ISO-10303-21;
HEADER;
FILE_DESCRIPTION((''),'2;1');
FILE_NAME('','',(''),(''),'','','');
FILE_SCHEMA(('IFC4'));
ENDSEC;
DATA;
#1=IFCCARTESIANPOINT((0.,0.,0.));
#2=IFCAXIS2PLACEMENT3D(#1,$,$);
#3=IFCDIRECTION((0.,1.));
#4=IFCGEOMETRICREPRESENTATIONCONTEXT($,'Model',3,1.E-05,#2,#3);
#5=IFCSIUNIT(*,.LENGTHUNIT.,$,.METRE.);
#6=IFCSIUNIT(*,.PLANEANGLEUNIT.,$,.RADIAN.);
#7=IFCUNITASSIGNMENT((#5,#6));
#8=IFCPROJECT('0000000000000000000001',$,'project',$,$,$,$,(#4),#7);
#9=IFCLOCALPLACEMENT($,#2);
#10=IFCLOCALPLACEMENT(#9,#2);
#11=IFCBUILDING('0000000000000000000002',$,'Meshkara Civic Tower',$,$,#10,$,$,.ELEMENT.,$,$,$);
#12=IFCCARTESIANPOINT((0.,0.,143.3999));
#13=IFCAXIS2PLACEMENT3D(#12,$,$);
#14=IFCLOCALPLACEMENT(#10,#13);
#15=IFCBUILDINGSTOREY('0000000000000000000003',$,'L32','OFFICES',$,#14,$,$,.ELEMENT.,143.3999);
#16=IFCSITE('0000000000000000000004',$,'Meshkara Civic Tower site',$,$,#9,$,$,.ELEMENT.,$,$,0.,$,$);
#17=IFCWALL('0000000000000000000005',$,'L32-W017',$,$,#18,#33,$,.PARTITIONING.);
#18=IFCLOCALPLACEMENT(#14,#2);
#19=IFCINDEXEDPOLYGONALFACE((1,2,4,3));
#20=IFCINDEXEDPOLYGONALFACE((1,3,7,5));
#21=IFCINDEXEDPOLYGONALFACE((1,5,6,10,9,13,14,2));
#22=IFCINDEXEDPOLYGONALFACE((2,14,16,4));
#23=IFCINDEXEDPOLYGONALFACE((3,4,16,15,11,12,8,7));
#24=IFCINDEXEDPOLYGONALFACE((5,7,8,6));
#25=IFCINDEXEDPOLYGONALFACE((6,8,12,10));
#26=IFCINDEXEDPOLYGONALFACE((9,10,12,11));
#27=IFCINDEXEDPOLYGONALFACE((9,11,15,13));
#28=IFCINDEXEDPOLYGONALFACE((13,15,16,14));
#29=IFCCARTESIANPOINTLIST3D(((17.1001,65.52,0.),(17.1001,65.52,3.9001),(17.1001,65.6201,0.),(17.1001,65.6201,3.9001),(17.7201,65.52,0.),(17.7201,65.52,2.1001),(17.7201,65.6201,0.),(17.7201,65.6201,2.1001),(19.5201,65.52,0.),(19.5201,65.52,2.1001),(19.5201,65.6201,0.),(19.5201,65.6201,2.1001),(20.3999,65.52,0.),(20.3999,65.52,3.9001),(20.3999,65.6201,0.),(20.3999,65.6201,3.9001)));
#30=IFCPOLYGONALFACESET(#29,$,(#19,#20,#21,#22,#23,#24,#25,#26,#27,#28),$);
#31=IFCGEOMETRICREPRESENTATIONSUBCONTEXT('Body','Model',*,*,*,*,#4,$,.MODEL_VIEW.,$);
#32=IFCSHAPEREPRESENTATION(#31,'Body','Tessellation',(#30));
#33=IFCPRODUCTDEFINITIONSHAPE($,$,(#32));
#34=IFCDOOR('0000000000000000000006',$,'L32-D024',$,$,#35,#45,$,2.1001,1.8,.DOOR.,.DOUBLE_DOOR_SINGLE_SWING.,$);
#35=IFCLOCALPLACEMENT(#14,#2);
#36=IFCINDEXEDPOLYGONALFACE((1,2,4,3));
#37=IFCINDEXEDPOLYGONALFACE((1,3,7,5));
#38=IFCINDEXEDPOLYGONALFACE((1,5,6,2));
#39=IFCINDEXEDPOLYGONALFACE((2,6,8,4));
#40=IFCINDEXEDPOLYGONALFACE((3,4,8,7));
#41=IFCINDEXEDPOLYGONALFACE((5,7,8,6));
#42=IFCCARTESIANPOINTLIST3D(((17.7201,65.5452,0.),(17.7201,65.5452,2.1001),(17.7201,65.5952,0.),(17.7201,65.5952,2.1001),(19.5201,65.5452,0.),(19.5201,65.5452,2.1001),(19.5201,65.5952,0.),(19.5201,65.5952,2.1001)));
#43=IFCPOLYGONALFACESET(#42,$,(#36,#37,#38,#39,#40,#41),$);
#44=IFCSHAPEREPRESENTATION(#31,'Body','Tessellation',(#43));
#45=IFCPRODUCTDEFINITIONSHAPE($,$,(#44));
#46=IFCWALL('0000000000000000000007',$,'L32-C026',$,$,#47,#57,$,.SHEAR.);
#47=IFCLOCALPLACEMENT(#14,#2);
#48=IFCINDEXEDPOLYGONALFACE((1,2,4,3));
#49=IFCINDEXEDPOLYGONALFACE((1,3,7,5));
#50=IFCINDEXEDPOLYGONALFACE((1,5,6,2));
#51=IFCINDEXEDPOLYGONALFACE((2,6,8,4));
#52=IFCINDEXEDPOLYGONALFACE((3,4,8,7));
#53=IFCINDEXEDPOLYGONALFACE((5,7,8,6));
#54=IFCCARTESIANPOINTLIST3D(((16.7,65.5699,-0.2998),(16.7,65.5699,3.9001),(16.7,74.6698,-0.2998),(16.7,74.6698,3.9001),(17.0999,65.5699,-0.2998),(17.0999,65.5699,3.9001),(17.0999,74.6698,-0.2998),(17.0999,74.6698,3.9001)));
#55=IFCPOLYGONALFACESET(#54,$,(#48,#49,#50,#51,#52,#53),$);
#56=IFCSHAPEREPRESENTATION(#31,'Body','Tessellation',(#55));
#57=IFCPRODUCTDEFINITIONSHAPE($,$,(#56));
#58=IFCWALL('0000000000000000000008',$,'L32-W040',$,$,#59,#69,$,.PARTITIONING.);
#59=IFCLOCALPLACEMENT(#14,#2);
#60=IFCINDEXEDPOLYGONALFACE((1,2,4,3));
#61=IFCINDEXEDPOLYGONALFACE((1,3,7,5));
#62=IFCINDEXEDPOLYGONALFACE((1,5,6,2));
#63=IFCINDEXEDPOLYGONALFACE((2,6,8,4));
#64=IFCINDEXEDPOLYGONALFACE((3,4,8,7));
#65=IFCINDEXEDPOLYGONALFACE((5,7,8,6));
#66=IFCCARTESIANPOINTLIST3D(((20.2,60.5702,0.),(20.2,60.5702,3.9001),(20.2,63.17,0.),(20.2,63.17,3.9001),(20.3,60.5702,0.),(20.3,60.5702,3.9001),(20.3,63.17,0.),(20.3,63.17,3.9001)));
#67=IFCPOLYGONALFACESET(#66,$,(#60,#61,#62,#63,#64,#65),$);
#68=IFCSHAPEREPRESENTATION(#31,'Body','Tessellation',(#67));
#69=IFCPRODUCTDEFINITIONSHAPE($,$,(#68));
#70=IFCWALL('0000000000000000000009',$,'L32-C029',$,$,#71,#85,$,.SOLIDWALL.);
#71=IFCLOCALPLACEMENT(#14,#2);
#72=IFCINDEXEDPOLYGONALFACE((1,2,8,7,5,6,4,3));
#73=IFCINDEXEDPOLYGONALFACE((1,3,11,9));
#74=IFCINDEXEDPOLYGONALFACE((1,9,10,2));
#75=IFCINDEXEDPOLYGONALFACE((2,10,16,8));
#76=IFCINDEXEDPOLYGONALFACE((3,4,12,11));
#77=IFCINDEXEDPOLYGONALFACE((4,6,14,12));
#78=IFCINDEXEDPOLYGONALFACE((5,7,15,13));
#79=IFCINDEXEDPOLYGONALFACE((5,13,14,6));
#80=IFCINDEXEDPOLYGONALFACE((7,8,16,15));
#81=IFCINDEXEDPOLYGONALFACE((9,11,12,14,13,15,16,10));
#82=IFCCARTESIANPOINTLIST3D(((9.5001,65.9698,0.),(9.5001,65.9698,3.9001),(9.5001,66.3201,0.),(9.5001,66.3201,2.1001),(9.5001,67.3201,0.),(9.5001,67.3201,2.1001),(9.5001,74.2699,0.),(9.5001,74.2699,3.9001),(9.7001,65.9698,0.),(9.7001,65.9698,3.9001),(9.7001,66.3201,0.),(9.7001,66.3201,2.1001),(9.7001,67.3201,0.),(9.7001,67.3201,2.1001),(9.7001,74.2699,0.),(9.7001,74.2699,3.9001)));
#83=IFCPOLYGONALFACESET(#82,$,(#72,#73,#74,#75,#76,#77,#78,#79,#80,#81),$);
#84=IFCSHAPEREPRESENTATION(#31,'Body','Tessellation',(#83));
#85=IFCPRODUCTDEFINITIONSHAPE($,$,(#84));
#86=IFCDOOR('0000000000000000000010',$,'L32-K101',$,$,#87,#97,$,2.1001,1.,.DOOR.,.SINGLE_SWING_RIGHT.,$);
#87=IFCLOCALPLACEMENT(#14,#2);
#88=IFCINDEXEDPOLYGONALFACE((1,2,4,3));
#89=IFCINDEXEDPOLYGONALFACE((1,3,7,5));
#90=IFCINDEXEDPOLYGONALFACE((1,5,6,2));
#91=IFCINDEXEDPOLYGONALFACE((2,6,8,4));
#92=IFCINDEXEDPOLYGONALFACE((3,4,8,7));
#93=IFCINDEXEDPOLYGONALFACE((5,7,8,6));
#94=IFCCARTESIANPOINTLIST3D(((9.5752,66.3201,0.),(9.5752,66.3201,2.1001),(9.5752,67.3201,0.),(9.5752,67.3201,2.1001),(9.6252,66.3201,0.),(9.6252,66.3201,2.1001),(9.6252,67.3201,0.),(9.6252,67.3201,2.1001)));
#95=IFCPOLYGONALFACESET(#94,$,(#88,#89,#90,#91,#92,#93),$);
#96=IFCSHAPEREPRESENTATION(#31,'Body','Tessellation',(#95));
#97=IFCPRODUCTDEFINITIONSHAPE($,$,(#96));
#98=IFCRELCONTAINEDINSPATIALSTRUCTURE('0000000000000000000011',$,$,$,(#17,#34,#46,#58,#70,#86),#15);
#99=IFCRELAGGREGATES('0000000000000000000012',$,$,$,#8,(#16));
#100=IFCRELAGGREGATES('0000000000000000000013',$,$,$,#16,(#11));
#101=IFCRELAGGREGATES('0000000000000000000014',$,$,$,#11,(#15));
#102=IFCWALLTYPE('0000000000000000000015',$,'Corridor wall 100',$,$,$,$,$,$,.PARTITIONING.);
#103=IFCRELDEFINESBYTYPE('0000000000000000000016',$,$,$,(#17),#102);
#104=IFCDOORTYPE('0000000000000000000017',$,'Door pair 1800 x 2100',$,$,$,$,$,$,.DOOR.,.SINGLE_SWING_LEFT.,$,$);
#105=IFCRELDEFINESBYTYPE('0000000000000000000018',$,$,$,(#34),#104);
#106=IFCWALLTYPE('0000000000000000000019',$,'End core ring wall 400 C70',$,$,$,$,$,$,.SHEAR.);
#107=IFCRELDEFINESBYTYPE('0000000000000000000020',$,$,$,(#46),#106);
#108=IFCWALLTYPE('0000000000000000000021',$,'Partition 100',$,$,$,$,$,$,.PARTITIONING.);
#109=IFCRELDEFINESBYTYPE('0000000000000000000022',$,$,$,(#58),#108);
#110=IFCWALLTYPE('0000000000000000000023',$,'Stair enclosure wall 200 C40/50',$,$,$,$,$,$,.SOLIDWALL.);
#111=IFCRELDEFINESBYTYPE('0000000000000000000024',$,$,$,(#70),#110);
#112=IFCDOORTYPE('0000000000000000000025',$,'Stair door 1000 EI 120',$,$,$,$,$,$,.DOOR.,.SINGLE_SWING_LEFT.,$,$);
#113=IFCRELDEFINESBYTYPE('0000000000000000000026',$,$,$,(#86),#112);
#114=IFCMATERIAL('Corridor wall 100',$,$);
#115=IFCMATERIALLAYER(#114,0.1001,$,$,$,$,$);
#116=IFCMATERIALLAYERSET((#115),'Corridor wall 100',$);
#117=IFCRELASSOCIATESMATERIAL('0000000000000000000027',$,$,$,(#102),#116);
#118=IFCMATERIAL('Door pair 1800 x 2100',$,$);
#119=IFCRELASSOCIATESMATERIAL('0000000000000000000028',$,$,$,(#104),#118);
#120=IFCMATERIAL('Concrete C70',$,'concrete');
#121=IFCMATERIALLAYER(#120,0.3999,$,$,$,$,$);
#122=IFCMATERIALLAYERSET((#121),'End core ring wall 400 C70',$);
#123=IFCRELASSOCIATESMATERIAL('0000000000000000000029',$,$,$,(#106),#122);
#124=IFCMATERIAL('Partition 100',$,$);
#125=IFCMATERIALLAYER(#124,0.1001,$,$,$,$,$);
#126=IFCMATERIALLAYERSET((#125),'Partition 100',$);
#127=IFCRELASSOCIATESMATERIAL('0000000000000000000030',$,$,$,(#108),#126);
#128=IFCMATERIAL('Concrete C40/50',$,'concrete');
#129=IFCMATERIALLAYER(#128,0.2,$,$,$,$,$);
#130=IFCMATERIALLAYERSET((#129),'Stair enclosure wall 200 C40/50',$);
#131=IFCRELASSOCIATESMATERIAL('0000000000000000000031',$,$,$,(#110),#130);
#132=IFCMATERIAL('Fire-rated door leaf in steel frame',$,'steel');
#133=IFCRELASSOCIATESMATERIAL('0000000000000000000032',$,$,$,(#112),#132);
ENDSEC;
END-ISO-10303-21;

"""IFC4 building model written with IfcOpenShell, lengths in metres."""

from ifc_helpers import new_model, si_unit, direction, frame, frame_2d, origin, place, context, subcontext, project, spatial, rectangle, extrude, material, layer, layer_set, type_object, element, fill, save


model = new_model("IFC4")

# Units and contexts
model_context = context("Model", 3, precision=1e-05, world=origin(), true_north=direction((0.0, 1.0)))
body_context = subcontext(model_context, "Body", "Model", "MODEL_VIEW")
ifc_project = project(units=[si_unit("LENGTHUNIT", "METRE"), si_unit("PLANEANGLEUNIT", "RADIAN")], contexts=[model_context])

# Site, building, storey
site_placement = place(None, origin())
site = spatial("IfcSite", under=ifc_project, at=site_placement, Name="Meshkara Civic Tower site", CompositionType="ELEMENT", RefElevation=0.0)
building_placement = place(site_placement, origin())
building = spatial("IfcBuilding", under=site, at=building_placement, Name="Meshkara Civic Tower", CompositionType="ELEMENT")
storey_placement = place(building_placement, frame((0.0, 0.0, 143.3999)))
storey = spatial("IfcBuildingStorey", under=building, at=storey_placement, Name="L32", Description="OFFICES", CompositionType="ELEMENT", Elevation=143.3999)

# Shared definitions
ifc_material_1 = material(Name="Corridor wall 100")
ifc_layer_1 = layer(ifc_material_1, 0.1001)
ifc_layer_set_1 = layer_set([ifc_layer_1], Name="Corridor wall 100")
wall_type_1 = type_object("IfcWallType", Name="Corridor wall 100", PredefinedType="PARTITIONING", material=ifc_layer_set_1)
ifc_material_2 = material(Name="Door pair 1800 x 2100")
door_type_1 = type_object("IfcDoorType", Name="Door pair 1800 x 2100", OperationType="SINGLE_SWING_LEFT", PredefinedType="DOOR", material=ifc_material_2)

# Wall, opening, door
wall_1_placement = place(storey_placement, frame((20.3999, 65.5701, 0.0), z_axis=(0.0, 0.0, 1.0), x_axis=(-1.0, 0.0, 0.0)))
wall_1 = element("IfcWall", 1, at=wall_1_placement, inside=storey, type_object=wall_type_1, Name="L32-W017", PredefinedType="PARTITIONING", context=body_context, shape_type="SweptSolid", body=[
    extrude(rectangle(XDim=3.2998, YDim=0.1001, at=frame_2d((1.6499, 0.0))), origin(), (0.0, 0.0, 1.0), 3.9001),
])
opening_1_placement = place(wall_1_placement, frame((0.8799, 0.0, 0.0)))
opening_1 = element("IfcOpeningElement", 2, at=opening_1_placement, cuts=wall_1, PredefinedType="OPENING", context=body_context, shape_type="SweptSolid", body=[
    extrude(rectangle(XDim=1.8, YDim=2.1001, at=frame_2d((0.8999, 1.05))), frame((0.0, 0.0601, 0.0), z_axis=(0.0, -1.0, 0.0), x_axis=(1.0, 0.0, 0.0)), (0.0, 0.0, 1.0), 0.1201),
])
door_1_placement = place(opening_1_placement, origin())
door_1 = element("IfcDoor", 3, at=door_1_placement, inside=storey, type_object=door_type_1, Name="L32-D024", OperationType="DOUBLE_DOOR_SINGLE_SWING", OverallHeight=2.1001, OverallWidth=1.8, PredefinedType="DOOR", context=body_context, shape_type="SweptSolid", body=[
    extrude(rectangle(XDim=1.8, YDim=2.1001, at=frame_2d((0.8999, 1.05))), frame((0.0, 0.0249, 0.0), z_axis=(0.0, -1.0, 0.0), x_axis=(1.0, 0.0, 0.0)), (0.0, 0.0, 1.0), 0.05),
])
fill(opening_1, door_1)

# Walls
ifc_material_3 = material(Name="Concrete C70", Category="concrete")
ifc_layer_2 = layer(ifc_material_3, 0.3999)
ifc_layer_set_2 = layer_set([ifc_layer_2], Name="End core ring wall 400 C70")
wall_type_2 = type_object("IfcWallType", Name="End core ring wall 400 C70", PredefinedType="SHEAR", material=ifc_layer_set_2)
wall_2_placement = place(storey_placement, frame((16.8999, 65.5701, -0.2998), z_axis=(0.0, 0.0, 1.0), x_axis=(0.0, 1.0, 0.0)))
element("IfcWall", 4, at=wall_2_placement, inside=storey, type_object=wall_type_2, Name="L32-C026", PredefinedType="SHEAR", context=body_context, shape_type="SweptSolid", body=[
    extrude(rectangle(XDim=9.0999, YDim=0.3999, at=frame_2d((4.5498, 0.0))), origin(), (0.0, 0.0, 1.0), 4.2),
])
ifc_material_4 = material(Name="Partition 100")
ifc_layer_3 = layer(ifc_material_4, 0.1001)
ifc_layer_set_3 = layer_set([ifc_layer_3], Name="Partition 100")
wall_type_3 = type_object("IfcWallType", Name="Partition 100", PredefinedType="PARTITIONING", material=ifc_layer_set_3)
wall_3_placement = place(storey_placement, frame((20.25, 63.1699, 0.0), z_axis=(0.0, 0.0, 1.0), x_axis=(0.0, -1.0, 0.0)))
element("IfcWall", 5, at=wall_3_placement, inside=storey, type_object=wall_type_3, Name="L32-W040", PredefinedType="PARTITIONING", context=body_context, shape_type="SweptSolid", body=[
    extrude(rectangle(XDim=2.5999, YDim=0.1001, at=frame_2d((1.2998, 0.0))), origin(), (0.0, 0.0, 1.0), 3.9001),
])

# Wall, opening, door
ifc_material_5 = material(Name="Concrete C40/50", Category="concrete")
ifc_layer_4 = layer(ifc_material_5, 0.2)
ifc_layer_set_4 = layer_set([ifc_layer_4], Name="Stair enclosure wall 200 C40/50")
wall_type_4 = type_object("IfcWallType", Name="Stair enclosure wall 200 C40/50", PredefinedType="SOLIDWALL", material=ifc_layer_set_4)
wall_4_placement = place(storey_placement, frame((9.6001, 65.97, 0.0), z_axis=(0.0, 0.0, 1.0), x_axis=(0.0, 1.0, 0.0)))
wall_4 = element("IfcWall", 6, at=wall_4_placement, inside=storey, type_object=wall_type_4, Name="L32-C029", PredefinedType="SOLIDWALL", context=body_context, shape_type="SweptSolid", body=[
    extrude(rectangle(XDim=8.3, YDim=0.2, at=frame_2d((4.1499, 0.0))), origin(), (0.0, 0.0, 1.0), 3.9001),
])
opening_2_placement = place(wall_4_placement, frame((0.3501, 0.0, 0.0)))
opening_2 = element("IfcOpeningElement", 7, at=opening_2_placement, cuts=wall_4, PredefinedType="OPENING", context=body_context, shape_type="SweptSolid", body=[
    extrude(rectangle(XDim=1.0, YDim=2.1001, at=frame_2d((0.5, 1.05))), frame((0.0, 0.1099, 0.0), z_axis=(0.0, -1.0, 0.0), x_axis=(1.0, 0.0, 0.0)), (0.0, 0.0, 1.0), 0.22),
])
ifc_material_6 = material(Name="Fire-rated door leaf in steel frame", Category="steel")
door_type_2 = type_object("IfcDoorType", Name="Stair door 1000 EI 120", OperationType="SINGLE_SWING_LEFT", PredefinedType="DOOR", material=ifc_material_6)
door_2_placement = place(opening_2_placement, origin())
door_2 = element("IfcDoor", 8, at=door_2_placement, inside=storey, type_object=door_type_2, Name="L32-K101", OperationType="SINGLE_SWING_RIGHT", OverallHeight=2.1001, OverallWidth=1.0, PredefinedType="DOOR", context=body_context, shape_type="SweptSolid", body=[
    extrude(rectangle(XDim=1.0, YDim=2.1001, at=frame_2d((0.5, 1.05))), frame((0.0, 0.0249, 0.0), z_axis=(0.0, -1.0, 0.0), x_axis=(1.0, 0.0, 0.0)), (0.0, 0.0, 1.0), 0.05),
])
fill(opening_2, door_2)

save(model, "model.ifc")
